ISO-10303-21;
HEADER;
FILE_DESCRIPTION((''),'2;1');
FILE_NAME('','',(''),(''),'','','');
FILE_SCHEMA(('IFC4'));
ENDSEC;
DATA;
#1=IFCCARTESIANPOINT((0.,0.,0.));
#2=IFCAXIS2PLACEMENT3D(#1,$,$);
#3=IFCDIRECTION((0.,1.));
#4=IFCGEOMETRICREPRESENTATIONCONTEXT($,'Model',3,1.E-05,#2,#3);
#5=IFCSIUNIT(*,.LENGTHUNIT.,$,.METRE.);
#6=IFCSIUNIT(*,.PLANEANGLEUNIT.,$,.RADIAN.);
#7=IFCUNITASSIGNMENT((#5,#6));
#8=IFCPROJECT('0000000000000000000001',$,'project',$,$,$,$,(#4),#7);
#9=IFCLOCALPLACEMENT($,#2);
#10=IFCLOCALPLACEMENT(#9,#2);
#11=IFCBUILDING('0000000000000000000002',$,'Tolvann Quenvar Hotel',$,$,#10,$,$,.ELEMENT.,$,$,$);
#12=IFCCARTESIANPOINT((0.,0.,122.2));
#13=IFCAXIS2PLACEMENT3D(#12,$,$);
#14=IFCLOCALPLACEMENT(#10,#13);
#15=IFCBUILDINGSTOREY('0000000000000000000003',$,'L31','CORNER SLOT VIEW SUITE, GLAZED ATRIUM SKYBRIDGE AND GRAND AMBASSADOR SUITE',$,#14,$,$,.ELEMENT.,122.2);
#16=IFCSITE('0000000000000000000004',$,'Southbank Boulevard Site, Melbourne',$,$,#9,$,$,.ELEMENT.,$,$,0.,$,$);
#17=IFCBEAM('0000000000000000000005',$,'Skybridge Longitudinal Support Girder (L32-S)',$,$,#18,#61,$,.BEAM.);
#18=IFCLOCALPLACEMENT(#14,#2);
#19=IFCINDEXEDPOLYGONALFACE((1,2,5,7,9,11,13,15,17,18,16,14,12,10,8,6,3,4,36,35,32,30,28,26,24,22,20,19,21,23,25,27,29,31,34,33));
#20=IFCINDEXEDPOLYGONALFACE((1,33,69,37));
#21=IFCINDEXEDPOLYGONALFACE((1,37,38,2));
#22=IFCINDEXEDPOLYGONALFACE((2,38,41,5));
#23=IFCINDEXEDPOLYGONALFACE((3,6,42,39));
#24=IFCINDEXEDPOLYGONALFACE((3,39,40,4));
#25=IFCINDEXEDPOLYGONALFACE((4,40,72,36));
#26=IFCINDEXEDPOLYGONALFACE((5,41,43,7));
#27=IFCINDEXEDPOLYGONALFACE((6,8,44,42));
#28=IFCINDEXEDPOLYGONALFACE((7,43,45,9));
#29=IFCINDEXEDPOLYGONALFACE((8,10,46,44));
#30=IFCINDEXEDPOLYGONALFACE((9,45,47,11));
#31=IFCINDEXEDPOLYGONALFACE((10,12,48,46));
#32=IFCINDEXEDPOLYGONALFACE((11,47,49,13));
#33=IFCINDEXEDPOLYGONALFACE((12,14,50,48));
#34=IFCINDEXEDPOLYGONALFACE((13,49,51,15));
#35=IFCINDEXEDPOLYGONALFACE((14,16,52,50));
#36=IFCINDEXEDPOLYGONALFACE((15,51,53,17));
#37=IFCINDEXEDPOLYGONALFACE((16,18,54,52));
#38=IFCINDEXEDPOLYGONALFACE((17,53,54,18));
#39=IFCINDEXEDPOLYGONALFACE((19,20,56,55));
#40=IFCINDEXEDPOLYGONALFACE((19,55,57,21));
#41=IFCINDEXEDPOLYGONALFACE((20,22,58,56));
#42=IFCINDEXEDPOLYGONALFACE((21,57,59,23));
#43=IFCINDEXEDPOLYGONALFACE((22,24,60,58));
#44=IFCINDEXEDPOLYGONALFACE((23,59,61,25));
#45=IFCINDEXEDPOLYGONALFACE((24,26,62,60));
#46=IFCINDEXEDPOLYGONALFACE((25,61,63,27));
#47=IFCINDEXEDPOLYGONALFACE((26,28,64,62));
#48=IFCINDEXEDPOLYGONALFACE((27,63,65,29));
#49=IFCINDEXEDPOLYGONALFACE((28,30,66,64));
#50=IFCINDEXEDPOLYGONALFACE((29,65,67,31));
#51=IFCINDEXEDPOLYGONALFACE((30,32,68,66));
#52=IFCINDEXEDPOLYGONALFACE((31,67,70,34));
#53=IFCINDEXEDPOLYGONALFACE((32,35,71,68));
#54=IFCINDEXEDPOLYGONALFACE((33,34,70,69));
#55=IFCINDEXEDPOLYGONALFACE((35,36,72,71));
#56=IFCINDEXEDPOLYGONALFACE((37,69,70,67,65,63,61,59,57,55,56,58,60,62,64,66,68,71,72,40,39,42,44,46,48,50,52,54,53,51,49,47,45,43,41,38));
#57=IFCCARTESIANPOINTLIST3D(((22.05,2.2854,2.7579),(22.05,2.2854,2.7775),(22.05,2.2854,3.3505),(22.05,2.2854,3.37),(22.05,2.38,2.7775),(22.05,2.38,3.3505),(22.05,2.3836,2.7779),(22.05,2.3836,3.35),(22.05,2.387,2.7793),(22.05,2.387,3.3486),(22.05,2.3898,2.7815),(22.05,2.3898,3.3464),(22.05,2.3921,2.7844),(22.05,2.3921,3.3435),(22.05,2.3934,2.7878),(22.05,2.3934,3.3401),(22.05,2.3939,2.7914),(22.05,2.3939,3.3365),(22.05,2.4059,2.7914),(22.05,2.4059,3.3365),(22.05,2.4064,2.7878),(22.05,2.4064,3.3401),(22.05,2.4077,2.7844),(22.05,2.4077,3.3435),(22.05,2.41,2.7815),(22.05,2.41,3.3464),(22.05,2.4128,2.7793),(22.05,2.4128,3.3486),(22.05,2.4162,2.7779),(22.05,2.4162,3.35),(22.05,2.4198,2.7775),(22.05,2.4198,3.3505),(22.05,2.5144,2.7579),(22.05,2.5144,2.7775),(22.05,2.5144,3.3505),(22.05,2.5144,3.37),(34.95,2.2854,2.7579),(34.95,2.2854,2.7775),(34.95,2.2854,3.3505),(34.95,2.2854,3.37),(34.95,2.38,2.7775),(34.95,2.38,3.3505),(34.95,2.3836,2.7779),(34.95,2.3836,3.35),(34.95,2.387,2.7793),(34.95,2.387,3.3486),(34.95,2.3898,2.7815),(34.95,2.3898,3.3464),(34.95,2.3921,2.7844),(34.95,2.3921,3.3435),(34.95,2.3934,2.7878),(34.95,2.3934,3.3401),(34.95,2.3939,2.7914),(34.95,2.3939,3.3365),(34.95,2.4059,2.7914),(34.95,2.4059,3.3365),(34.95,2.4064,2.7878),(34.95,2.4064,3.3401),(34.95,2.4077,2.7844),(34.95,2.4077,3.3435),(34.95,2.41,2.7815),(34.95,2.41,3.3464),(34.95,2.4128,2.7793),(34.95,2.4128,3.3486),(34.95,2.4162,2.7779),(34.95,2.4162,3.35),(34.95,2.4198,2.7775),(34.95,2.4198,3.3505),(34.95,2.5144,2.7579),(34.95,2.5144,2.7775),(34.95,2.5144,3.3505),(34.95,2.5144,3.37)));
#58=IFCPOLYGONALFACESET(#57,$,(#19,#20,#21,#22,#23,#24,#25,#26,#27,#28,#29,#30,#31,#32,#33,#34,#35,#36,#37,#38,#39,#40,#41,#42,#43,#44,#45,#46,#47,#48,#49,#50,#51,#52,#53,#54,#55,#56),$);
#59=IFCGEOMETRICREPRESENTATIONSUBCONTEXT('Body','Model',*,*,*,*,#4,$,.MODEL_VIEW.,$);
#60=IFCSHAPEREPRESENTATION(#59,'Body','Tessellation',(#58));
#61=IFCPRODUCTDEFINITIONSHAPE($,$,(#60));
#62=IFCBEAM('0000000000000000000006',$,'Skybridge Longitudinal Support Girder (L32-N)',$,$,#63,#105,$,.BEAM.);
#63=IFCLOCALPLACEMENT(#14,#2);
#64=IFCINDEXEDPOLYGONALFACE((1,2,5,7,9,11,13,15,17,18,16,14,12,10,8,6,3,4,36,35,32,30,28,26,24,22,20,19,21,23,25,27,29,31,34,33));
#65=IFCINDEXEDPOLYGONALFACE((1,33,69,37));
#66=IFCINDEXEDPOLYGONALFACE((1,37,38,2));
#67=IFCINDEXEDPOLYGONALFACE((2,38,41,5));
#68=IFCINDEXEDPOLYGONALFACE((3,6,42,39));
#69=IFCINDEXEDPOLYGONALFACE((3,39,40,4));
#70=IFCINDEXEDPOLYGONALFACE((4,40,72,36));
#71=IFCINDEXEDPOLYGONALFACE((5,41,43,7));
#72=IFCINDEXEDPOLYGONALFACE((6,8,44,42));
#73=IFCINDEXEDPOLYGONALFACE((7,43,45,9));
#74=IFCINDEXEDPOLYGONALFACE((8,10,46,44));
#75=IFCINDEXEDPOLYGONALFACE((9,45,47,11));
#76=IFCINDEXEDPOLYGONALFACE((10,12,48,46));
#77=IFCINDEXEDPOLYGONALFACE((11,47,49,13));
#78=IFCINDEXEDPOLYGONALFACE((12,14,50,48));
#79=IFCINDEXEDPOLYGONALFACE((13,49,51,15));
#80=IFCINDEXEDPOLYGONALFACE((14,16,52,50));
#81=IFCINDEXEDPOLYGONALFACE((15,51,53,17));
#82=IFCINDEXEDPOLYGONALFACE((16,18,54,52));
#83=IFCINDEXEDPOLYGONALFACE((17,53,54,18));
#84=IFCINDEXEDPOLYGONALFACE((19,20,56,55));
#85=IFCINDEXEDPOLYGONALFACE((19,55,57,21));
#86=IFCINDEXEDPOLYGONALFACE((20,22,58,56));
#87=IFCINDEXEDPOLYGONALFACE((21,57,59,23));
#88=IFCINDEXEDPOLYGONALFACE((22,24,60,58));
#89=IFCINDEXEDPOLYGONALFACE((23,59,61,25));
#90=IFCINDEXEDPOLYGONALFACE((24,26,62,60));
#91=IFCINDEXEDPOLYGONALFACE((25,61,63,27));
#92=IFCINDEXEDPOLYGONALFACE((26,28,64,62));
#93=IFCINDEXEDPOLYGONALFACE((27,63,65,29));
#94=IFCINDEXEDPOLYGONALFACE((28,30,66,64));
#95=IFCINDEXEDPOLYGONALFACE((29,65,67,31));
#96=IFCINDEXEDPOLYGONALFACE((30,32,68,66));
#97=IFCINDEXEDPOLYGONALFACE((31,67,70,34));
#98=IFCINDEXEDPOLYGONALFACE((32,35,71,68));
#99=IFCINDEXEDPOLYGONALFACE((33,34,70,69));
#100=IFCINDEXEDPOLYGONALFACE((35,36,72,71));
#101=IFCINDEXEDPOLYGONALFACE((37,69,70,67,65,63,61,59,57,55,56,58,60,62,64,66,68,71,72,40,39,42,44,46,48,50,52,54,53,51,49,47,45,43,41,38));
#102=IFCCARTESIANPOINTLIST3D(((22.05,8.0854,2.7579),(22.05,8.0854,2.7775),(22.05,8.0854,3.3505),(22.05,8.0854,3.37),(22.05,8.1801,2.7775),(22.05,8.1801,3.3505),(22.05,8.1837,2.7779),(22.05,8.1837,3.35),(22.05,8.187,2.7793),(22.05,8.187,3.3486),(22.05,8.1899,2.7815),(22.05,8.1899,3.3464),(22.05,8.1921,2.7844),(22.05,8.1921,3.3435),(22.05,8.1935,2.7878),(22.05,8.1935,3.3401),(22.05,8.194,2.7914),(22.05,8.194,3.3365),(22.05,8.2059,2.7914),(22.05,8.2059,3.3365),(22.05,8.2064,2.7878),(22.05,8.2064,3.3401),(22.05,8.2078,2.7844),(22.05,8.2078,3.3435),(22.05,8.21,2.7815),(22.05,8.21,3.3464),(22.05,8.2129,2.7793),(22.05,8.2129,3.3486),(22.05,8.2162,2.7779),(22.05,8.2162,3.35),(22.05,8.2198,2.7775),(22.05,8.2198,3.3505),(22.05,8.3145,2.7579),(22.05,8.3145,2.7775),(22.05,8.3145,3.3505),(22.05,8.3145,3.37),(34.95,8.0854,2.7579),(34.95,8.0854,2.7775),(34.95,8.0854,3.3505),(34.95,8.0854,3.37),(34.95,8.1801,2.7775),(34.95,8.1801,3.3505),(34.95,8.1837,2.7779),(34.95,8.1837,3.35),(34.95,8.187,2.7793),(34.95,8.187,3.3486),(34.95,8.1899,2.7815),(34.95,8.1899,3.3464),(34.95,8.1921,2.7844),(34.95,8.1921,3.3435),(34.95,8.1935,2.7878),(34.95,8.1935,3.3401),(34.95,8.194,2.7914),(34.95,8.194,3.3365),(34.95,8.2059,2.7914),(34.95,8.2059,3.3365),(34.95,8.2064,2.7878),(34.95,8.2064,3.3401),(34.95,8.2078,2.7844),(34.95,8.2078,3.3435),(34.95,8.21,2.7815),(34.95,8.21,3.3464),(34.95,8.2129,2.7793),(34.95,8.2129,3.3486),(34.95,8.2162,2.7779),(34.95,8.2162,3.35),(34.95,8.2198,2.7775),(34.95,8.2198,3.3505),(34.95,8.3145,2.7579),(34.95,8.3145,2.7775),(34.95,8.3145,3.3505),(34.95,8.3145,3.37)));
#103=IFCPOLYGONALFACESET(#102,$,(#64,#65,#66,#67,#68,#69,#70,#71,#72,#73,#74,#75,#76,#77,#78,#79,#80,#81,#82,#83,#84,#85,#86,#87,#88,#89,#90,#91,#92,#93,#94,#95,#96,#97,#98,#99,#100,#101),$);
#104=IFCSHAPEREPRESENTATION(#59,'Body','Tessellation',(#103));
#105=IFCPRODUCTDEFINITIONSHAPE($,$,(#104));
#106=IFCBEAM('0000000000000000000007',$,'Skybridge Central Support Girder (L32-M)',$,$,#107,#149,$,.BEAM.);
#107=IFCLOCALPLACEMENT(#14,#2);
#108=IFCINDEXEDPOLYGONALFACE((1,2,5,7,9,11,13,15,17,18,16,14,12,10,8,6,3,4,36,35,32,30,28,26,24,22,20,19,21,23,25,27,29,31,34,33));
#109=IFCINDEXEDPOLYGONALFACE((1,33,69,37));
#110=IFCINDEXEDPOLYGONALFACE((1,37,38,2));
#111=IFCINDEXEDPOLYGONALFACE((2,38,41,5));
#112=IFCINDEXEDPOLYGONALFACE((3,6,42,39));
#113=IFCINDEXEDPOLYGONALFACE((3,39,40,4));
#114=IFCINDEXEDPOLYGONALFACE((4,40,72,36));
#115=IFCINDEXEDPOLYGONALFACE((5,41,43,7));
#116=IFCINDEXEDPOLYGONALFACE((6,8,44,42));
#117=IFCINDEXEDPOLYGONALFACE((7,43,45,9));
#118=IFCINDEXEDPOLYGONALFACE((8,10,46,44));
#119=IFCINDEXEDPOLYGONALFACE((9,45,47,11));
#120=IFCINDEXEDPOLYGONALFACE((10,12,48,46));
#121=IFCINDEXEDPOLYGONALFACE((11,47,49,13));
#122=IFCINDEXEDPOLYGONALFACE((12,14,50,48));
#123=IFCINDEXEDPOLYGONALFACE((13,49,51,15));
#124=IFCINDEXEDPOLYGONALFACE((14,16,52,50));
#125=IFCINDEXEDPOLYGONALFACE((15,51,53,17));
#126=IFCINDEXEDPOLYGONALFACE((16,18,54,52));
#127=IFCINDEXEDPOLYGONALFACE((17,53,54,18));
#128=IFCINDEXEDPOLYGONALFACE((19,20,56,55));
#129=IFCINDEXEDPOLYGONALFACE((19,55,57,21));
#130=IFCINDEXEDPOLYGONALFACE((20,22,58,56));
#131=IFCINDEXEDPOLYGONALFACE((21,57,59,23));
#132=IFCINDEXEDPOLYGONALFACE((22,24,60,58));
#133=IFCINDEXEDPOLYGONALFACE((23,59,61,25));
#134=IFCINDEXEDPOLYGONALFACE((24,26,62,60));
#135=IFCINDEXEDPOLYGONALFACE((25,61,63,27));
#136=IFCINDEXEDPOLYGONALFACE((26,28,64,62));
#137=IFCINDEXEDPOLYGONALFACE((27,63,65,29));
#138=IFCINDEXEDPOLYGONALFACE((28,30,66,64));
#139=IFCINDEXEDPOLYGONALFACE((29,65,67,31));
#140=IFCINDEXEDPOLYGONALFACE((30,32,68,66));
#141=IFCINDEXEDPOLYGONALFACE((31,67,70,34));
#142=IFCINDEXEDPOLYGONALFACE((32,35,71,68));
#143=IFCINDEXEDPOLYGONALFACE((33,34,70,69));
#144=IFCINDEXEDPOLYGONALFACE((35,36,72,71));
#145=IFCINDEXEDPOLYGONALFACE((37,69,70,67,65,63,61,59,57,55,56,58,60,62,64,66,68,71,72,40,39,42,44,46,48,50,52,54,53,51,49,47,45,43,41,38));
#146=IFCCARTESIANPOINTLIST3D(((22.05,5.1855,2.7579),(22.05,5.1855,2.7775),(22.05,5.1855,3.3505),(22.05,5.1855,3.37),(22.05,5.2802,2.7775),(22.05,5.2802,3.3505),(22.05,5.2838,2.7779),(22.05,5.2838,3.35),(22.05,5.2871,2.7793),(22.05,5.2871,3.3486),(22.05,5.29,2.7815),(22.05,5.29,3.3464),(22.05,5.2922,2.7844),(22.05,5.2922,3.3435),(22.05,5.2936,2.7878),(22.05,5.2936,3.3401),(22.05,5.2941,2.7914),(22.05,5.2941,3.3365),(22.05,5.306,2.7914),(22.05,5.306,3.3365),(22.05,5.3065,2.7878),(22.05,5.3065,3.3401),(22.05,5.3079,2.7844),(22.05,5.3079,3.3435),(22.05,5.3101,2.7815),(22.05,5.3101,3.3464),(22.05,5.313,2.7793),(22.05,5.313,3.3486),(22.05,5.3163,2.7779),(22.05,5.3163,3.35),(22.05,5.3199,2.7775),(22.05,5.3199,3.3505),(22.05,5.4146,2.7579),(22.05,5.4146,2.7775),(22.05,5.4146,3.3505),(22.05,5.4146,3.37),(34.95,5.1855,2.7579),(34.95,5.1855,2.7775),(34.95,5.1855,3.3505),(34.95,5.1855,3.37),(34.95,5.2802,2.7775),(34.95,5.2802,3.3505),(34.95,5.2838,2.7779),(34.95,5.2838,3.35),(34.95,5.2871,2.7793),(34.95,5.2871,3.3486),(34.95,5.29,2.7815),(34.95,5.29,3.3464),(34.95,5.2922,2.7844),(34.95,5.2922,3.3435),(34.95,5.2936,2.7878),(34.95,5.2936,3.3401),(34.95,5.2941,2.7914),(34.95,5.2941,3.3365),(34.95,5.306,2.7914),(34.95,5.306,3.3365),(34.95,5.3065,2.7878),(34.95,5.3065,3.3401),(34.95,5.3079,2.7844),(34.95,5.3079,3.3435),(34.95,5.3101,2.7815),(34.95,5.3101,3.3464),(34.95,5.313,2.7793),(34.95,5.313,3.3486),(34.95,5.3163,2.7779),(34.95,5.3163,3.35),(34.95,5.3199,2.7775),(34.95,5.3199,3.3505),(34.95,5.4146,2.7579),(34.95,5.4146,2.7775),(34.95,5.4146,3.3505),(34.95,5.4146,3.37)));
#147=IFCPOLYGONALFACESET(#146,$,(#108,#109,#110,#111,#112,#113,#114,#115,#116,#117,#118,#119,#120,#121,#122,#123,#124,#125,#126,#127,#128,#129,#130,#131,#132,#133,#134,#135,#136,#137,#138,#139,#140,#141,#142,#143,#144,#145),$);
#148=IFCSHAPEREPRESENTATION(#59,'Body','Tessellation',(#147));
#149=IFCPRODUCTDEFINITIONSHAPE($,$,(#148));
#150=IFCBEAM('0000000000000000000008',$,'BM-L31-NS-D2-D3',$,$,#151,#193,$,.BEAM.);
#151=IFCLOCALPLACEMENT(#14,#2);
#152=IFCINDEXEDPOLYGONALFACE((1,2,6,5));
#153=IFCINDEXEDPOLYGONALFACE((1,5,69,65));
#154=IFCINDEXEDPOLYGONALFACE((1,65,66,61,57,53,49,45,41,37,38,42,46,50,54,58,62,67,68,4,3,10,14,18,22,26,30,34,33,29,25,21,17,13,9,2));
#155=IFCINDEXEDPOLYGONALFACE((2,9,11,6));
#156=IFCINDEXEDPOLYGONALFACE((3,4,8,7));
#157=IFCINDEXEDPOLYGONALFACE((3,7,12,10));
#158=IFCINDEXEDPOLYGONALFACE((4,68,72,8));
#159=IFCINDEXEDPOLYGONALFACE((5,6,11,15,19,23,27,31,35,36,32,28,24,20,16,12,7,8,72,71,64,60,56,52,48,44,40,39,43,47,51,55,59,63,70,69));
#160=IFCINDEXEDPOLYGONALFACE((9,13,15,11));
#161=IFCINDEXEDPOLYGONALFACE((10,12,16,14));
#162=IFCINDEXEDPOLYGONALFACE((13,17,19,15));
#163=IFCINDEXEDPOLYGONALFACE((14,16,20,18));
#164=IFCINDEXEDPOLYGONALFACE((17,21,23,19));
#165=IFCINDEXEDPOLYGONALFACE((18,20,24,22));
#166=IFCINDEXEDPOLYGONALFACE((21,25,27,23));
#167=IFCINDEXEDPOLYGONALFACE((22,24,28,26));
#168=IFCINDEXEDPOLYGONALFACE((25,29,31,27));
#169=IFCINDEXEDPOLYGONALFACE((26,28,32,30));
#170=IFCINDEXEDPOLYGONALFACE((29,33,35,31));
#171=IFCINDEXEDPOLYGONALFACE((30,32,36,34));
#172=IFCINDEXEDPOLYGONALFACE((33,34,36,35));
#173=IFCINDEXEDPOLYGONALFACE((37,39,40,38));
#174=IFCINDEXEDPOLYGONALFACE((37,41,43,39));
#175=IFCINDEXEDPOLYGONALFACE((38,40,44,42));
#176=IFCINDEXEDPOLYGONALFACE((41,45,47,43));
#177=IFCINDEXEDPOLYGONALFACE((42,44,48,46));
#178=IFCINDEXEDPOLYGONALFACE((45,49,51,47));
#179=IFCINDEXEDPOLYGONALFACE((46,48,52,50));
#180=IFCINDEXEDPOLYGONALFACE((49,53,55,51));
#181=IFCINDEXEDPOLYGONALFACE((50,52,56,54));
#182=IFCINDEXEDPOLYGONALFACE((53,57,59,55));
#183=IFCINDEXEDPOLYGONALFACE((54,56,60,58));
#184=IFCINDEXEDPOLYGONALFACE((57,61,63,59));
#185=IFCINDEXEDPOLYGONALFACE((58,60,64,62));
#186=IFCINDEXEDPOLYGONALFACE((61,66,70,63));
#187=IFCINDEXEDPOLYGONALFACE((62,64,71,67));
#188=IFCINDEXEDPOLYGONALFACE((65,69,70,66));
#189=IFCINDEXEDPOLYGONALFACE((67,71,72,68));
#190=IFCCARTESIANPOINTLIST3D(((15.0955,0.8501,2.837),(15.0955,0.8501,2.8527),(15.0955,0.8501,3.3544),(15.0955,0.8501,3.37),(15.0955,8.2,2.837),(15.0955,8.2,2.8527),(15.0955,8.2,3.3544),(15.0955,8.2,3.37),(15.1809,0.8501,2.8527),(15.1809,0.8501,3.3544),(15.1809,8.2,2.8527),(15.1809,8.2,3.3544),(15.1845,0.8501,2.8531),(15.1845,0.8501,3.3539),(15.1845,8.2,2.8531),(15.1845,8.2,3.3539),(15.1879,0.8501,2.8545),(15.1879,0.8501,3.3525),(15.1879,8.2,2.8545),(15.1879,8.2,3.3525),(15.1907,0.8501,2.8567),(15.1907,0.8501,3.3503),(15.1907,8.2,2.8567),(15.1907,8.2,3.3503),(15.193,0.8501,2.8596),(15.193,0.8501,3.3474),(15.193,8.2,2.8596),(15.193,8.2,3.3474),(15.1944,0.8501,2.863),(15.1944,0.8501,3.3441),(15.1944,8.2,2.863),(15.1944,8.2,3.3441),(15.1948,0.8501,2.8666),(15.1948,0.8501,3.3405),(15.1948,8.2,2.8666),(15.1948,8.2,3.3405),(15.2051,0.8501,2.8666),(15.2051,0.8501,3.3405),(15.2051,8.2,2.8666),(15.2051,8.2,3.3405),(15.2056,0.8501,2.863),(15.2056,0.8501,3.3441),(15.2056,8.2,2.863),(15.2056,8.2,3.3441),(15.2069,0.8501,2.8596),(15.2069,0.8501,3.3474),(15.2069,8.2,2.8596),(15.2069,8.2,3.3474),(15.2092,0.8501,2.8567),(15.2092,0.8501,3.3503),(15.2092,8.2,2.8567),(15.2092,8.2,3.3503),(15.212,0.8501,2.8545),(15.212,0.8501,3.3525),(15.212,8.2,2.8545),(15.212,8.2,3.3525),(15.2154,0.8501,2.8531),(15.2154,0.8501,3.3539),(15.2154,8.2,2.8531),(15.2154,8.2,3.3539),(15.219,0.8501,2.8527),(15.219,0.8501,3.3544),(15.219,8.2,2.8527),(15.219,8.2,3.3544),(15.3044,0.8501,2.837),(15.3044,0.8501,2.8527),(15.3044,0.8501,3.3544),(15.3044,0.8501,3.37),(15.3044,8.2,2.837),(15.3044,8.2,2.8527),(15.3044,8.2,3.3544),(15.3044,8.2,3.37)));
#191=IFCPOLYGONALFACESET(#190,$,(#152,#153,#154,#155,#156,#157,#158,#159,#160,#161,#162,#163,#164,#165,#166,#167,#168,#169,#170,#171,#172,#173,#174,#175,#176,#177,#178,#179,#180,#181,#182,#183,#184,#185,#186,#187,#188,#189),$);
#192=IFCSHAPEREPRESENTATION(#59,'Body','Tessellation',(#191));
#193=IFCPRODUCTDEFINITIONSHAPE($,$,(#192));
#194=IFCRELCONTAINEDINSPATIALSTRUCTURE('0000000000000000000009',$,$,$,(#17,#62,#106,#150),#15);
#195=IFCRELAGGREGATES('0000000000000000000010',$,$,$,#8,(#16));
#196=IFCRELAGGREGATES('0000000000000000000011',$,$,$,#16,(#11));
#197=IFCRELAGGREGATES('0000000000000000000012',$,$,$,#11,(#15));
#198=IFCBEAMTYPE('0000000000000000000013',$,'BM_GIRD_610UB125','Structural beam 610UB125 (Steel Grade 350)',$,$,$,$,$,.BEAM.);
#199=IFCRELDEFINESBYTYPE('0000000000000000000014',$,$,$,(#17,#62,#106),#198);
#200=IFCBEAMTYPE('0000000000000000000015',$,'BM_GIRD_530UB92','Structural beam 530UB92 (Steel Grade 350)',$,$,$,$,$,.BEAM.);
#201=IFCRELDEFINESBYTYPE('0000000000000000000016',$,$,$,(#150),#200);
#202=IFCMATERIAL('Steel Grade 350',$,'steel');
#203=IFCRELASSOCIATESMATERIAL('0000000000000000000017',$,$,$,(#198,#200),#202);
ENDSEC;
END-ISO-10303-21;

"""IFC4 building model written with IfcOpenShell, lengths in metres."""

from ifc_helpers import new_model, si_unit, direction, frame, origin, origin_2d, place, context, subcontext, project, spatial, i_section, extrude, source, transform, mapped, material, material_profile, profile_set, type_object, element, save


model = new_model("IFC4")

# Units and contexts
model_context = context("Model", 3, precision=1e-05, world=origin(), true_north=direction((0.0, 1.0)))
body_context = subcontext(model_context, "Body", "Model", "MODEL_VIEW")
ifc_project = project(units=[si_unit("LENGTHUNIT", "METRE"), si_unit("PLANEANGLEUNIT", "RADIAN")], contexts=[model_context])

# Site, building, storey
site_placement = place(None, origin())
site = spatial("IfcSite", under=ifc_project, at=site_placement, Name="Southbank Boulevard Site, Melbourne", CompositionType="ELEMENT", RefElevation=0.0)
building_placement = place(site_placement, origin())
building = spatial("IfcBuilding", under=site, at=building_placement, Name="Tolvann Quenvar Hotel", CompositionType="ELEMENT")
storey_placement = place(building_placement, frame((0.0, 0.0, 122.2)))
storey = spatial("IfcBuildingStorey", under=building, at=storey_placement, Name="L31", Description="CORNER SLOT VIEW SUITE, GLAZED ATRIUM SKYBRIDGE AND GRAND AMBASSADOR SUITE", CompositionType="ELEMENT", Elevation=122.2)

# Shared definitions
ifc_material_1 = material(Name="Steel Grade 350", Category="steel")

# Beams
ifc_material_profile_1 = material_profile(ifc_material_1, i_section(OverallWidth=0.229, OverallDepth=0.6121, WebThickness=0.012, FlangeThickness=0.0195, FilletRadius=0.0139, at=origin_2d()), Name="610UB125")
ifc_profile_set_1 = profile_set([ifc_material_profile_1], Name="Steel Grade 350")
beam_type_1 = type_object("IfcBeamType", Name="BM_GIRD_610UB125", Description="Structural beam 610UB125 (Steel Grade 350)", PredefinedType="BEAM", material=ifc_profile_set_1)
shared_shape_1 = source(origin(), body_context, "Body", "SweptSolid", [
    extrude(i_section(OverallWidth=0.229, OverallDepth=0.6121, WebThickness=0.012, FlangeThickness=0.0195, FilletRadius=0.0139, at=origin_2d()), origin(), (0.0, 0.0, 1.0), 12.8999),
])
for number, where, z_axis, x_axis, name in (
    (1, (22.05, 2.3999, 3.064), (1.0, 0.0, 0.0), (0.0, 1.0, 0.0), "Skybridge Longitudinal Support Girder (L32-S)"),
    (2, (22.05, 8.2, 3.064), (1.0, 0.0, 0.0), (0.0, 1.0, 0.0), "Skybridge Longitudinal Support Girder (L32-N)"),
    (3, (22.05, 5.3, 3.064), (1.0, 0.0, 0.0), (0.0, 1.0, 0.0), "Skybridge Central Support Girder (L32-M)"),
):
    element("IfcBeam", number, at=place(storey_placement, frame(where, z_axis=z_axis, x_axis=x_axis)), inside=storey, type_object=beam_type_1, Name=name, PredefinedType="BEAM", context=body_context, shape_type="MappedRepresentation", body=[
        mapped(shared_shape_1, transform((0.0, 0.0, 0.0), x_axis=(1.0, 0.0, 0.0), y_axis=(0.0, 1.0, 0.0), z_axis=(0.0, 0.0, 1.0), scale=1.0)),
    ])
ifc_material_profile_2 = material_profile(ifc_material_1, i_section(OverallWidth=0.209, OverallDepth=0.533, WebThickness=0.0103, FlangeThickness=0.0156, FilletRadius=0.0139, at=origin_2d()), Name="530UB92")
ifc_profile_set_2 = profile_set([ifc_material_profile_2], Name="Steel Grade 350")
beam_type_2 = type_object("IfcBeamType", Name="BM_GIRD_530UB92", Description="Structural beam 530UB92 (Steel Grade 350)", PredefinedType="BEAM", material=ifc_profile_set_2)
shared_shape_2 = source(origin(), body_context, "Body", "SweptSolid", [
    extrude(i_section(OverallWidth=0.209, OverallDepth=0.533, WebThickness=0.0103, FlangeThickness=0.0156, FilletRadius=0.0139, at=origin_2d()), origin(), (0.0, 0.0, 1.0), 7.3499),
])
for number, where, z_axis, x_axis, name in (
    (4, (15.2, 0.8501, 3.1035), (0.0, 1.0, 0.0), (-1.0, 0.0, 0.0), "BM-L31-NS-D2-D3"),
):
    element("IfcBeam", number, at=place(storey_placement, frame(where, z_axis=z_axis, x_axis=x_axis)), inside=storey, type_object=beam_type_2, Name=name, PredefinedType="BEAM", context=body_context, shape_type="MappedRepresentation", body=[
        mapped(shared_shape_2, transform((0.0, 0.0, 0.0), x_axis=(1.0, 0.0, 0.0), y_axis=(0.0, 1.0, 0.0), z_axis=(0.0, 0.0, 1.0), scale=1.0)),
    ])

save(model, "model.ifc")
